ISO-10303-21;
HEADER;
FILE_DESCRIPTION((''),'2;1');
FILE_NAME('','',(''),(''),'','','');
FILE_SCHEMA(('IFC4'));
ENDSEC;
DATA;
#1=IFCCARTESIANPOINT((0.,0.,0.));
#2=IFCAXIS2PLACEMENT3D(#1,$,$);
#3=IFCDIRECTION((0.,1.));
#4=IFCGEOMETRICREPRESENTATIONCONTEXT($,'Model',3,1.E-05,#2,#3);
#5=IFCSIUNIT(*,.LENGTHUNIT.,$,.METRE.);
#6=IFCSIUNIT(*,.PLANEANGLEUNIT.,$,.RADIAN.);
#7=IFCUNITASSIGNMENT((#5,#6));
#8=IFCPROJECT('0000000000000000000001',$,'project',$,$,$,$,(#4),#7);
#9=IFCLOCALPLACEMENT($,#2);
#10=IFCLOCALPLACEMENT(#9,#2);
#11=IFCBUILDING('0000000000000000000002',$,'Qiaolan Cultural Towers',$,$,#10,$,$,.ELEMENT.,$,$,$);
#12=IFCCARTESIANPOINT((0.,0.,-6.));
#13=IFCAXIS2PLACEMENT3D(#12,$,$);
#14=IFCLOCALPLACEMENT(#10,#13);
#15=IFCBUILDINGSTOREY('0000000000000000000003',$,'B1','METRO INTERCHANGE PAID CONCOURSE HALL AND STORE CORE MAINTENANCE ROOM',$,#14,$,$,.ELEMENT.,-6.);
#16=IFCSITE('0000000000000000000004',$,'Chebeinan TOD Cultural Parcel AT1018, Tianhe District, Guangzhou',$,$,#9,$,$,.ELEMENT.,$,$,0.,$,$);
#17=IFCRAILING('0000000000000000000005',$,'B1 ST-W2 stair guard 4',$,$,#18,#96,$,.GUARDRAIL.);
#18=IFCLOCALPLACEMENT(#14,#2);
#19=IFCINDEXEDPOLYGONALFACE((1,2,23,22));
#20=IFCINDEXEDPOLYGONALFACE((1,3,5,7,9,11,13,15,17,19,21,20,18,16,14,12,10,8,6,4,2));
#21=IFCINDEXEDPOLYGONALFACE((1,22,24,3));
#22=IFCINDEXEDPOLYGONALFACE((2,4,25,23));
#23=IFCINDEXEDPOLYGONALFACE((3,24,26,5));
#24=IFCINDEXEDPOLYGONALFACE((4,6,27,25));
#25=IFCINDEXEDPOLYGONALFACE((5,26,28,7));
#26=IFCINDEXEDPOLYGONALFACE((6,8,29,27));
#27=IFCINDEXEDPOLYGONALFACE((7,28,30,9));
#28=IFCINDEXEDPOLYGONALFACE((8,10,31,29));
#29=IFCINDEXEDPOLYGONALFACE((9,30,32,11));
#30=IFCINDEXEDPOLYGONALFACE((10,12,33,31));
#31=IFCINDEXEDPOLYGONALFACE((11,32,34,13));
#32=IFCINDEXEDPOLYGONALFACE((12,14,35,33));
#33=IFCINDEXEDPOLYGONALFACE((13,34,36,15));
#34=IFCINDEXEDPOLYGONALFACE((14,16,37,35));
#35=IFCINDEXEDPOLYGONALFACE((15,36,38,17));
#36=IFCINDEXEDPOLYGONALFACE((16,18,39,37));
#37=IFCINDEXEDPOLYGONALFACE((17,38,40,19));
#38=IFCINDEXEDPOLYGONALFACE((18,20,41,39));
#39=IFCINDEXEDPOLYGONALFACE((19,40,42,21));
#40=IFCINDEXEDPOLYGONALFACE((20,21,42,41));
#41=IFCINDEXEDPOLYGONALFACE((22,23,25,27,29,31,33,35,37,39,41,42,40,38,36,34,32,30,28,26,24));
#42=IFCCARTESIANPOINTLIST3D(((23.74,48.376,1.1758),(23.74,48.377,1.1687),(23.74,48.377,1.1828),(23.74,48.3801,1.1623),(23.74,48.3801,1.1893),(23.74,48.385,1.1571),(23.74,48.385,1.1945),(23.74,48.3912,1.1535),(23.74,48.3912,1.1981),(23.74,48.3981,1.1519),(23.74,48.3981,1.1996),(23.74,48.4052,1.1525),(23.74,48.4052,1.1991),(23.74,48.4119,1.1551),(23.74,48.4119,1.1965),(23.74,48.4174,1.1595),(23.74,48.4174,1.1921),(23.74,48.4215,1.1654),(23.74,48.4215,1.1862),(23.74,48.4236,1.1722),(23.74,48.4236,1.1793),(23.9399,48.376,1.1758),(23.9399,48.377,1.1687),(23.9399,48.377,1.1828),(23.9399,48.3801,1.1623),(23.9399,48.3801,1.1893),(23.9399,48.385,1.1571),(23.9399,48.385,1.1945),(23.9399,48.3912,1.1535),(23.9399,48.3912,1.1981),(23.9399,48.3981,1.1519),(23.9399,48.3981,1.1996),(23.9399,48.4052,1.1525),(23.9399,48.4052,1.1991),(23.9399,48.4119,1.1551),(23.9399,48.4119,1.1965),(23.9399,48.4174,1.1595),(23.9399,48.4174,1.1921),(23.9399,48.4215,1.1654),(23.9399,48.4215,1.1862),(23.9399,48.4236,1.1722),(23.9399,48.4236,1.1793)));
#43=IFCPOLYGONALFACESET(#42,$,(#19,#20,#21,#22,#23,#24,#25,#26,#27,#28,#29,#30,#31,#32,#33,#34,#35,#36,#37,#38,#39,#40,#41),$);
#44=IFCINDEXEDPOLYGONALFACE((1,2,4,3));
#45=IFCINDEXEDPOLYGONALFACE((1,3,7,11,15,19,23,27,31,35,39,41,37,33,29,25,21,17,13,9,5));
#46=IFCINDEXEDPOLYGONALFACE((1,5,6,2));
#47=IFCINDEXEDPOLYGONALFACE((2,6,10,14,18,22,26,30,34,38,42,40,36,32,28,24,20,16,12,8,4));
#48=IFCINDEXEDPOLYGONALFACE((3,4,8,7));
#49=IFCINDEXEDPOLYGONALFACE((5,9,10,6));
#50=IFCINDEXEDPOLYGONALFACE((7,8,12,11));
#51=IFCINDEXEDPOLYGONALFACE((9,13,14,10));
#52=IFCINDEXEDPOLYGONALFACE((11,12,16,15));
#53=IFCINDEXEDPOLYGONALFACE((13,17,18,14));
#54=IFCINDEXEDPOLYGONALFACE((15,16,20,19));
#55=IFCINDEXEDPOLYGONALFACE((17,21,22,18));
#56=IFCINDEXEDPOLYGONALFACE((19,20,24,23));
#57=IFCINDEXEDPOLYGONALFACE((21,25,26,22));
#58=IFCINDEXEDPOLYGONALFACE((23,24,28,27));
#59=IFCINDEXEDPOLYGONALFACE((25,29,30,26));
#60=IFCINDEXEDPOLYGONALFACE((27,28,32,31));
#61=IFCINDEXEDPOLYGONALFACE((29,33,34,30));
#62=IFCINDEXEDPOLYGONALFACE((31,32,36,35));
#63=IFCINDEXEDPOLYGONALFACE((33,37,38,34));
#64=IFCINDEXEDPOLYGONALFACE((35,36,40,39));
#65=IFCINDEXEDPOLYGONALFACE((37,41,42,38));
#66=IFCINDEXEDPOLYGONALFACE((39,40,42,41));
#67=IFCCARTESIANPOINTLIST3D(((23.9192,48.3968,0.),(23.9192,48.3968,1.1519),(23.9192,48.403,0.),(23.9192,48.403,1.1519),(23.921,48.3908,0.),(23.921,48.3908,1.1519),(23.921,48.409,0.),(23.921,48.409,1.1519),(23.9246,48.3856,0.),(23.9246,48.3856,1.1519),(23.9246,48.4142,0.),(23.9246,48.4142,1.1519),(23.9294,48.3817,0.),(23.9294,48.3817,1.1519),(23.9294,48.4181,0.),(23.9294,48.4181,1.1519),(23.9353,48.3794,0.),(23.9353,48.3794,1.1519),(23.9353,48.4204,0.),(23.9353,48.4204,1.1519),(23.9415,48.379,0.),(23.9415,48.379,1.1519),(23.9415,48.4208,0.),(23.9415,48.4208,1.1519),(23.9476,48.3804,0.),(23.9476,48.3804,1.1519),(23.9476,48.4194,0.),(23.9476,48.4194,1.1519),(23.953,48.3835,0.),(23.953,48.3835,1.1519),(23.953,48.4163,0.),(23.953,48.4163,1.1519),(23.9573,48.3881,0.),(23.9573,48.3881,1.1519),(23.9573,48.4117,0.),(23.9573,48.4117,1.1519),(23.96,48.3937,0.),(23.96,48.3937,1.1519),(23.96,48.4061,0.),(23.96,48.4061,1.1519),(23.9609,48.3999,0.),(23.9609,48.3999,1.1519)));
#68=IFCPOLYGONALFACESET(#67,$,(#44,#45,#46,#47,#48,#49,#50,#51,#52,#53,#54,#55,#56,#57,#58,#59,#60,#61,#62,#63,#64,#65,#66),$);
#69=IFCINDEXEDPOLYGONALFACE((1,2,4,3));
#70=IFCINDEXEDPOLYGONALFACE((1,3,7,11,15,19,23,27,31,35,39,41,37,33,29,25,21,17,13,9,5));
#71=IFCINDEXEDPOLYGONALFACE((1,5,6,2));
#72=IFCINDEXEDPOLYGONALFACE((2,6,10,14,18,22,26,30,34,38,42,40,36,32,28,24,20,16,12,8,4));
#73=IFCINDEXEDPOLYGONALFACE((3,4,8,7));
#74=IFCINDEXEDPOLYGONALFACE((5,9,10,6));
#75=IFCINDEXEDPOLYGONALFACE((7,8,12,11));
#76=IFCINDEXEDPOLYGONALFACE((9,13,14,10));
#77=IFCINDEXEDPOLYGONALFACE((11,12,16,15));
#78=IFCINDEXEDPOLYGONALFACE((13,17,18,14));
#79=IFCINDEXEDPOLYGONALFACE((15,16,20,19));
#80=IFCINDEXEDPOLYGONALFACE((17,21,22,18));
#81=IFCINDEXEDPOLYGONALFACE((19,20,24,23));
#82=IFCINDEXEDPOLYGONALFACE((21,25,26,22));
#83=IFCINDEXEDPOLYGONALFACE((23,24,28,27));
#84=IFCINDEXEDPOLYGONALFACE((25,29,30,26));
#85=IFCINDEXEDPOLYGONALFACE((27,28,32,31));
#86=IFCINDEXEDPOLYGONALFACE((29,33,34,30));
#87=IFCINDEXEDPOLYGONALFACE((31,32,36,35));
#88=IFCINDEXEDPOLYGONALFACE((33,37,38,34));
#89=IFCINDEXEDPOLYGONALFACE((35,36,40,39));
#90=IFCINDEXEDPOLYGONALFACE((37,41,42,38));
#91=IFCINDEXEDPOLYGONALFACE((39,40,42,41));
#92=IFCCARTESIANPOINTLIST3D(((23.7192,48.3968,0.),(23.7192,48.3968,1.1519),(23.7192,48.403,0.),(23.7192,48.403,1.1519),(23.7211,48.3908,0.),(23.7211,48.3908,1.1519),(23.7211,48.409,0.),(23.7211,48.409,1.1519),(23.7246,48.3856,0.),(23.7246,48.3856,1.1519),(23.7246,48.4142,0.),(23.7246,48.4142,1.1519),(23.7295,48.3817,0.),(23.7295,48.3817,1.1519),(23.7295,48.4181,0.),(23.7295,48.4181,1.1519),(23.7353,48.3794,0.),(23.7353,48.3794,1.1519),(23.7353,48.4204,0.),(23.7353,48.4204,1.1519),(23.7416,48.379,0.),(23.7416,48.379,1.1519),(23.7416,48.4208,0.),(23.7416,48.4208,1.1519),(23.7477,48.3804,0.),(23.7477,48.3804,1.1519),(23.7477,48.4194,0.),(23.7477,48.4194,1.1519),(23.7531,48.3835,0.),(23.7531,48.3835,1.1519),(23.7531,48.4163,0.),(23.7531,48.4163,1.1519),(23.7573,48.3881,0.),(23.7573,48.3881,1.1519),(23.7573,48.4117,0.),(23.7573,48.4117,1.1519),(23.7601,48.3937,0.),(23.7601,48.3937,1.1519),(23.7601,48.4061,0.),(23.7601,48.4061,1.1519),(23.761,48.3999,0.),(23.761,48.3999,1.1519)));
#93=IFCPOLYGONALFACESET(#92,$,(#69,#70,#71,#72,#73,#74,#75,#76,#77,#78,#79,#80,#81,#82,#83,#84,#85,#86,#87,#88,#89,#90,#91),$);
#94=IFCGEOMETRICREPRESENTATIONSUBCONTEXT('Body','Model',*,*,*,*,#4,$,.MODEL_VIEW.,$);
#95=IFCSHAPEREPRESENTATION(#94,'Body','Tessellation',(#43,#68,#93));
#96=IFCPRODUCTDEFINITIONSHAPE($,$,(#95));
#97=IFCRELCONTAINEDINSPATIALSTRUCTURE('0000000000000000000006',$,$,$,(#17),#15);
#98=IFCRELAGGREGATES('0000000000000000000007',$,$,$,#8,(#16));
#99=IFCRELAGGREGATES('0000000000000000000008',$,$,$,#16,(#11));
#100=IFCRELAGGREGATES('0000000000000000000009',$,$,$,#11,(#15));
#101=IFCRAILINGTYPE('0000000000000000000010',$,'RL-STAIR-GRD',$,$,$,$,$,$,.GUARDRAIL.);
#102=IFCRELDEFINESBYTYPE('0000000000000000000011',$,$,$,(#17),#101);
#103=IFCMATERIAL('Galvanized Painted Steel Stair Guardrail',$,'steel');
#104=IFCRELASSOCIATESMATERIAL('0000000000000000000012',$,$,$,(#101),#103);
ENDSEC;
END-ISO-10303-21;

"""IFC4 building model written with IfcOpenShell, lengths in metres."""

from ifc_helpers import new_model, si_unit, direction, frame, origin, origin_2d, place, context, subcontext, project, spatial, circle, extrude, material, type_object, element, save


model = new_model("IFC4")

# Units and contexts
model_context = context("Model", 3, precision=1e-05, world=origin(), true_north=direction((0.0, 1.0)))
body_context = subcontext(model_context, "Body", "Model", "MODEL_VIEW")
ifc_project = project(units=[si_unit("LENGTHUNIT", "METRE"), si_unit("PLANEANGLEUNIT", "RADIAN")], contexts=[model_context])

# Site, building, storey
site_placement = place(None, origin())
site = spatial("IfcSite", under=ifc_project, at=site_placement, Name="Chebeinan TOD Cultural Parcel AT1018, Tianhe District, Guangzhou", CompositionType="ELEMENT", RefElevation=0.0)
building_placement = place(site_placement, origin())
building = spatial("IfcBuilding", under=site, at=building_placement, Name="Qiaolan Cultural Towers", CompositionType="ELEMENT")
storey_placement = place(building_placement, frame((0.0, 0.0, -6.0)))
storey = spatial("IfcBuildingStorey", under=building, at=storey_placement, Name="B1", Description="METRO INTERCHANGE PAID CONCOURSE HALL AND STORE CORE MAINTENANCE ROOM", CompositionType="ELEMENT", Elevation=-6.0)

# Railing
ifc_material_1 = material(Name="Galvanized Painted Steel Stair Guardrail", Category="steel")
railing_type_1 = type_object("IfcRailingType", Name="RL-STAIR-GRD", PredefinedType="GUARDRAIL", material=ifc_material_1)
railing_1_placement = place(storey_placement, frame((23.9399, 48.3999, 0.0)))
element("IfcRailing", 1, at=railing_1_placement, inside=storey, type_object=railing_type_1, Name="B1 ST-W2 stair guard 4", PredefinedType="GUARDRAIL", context=body_context, shape_type="SweptSolid", body=[
    extrude(circle(Radius=0.0239, at=origin_2d()), frame((0.0, 0.0, 1.1758), z_axis=(-1.0, 0.0, 0.0), x_axis=(0.0, -1.0, 0.0)), (0.0, 0.0, 1.0), 0.2),
    extrude(circle(Radius=0.021, at=origin_2d()), origin(), (0.0, 0.0, 1.0), 1.1519),
    extrude(circle(Radius=0.021, at=origin_2d()), frame((-0.2, 0.0, 0.0)), (0.0, 0.0, 1.0), 1.1519),
])

save(model, "model.ifc")
